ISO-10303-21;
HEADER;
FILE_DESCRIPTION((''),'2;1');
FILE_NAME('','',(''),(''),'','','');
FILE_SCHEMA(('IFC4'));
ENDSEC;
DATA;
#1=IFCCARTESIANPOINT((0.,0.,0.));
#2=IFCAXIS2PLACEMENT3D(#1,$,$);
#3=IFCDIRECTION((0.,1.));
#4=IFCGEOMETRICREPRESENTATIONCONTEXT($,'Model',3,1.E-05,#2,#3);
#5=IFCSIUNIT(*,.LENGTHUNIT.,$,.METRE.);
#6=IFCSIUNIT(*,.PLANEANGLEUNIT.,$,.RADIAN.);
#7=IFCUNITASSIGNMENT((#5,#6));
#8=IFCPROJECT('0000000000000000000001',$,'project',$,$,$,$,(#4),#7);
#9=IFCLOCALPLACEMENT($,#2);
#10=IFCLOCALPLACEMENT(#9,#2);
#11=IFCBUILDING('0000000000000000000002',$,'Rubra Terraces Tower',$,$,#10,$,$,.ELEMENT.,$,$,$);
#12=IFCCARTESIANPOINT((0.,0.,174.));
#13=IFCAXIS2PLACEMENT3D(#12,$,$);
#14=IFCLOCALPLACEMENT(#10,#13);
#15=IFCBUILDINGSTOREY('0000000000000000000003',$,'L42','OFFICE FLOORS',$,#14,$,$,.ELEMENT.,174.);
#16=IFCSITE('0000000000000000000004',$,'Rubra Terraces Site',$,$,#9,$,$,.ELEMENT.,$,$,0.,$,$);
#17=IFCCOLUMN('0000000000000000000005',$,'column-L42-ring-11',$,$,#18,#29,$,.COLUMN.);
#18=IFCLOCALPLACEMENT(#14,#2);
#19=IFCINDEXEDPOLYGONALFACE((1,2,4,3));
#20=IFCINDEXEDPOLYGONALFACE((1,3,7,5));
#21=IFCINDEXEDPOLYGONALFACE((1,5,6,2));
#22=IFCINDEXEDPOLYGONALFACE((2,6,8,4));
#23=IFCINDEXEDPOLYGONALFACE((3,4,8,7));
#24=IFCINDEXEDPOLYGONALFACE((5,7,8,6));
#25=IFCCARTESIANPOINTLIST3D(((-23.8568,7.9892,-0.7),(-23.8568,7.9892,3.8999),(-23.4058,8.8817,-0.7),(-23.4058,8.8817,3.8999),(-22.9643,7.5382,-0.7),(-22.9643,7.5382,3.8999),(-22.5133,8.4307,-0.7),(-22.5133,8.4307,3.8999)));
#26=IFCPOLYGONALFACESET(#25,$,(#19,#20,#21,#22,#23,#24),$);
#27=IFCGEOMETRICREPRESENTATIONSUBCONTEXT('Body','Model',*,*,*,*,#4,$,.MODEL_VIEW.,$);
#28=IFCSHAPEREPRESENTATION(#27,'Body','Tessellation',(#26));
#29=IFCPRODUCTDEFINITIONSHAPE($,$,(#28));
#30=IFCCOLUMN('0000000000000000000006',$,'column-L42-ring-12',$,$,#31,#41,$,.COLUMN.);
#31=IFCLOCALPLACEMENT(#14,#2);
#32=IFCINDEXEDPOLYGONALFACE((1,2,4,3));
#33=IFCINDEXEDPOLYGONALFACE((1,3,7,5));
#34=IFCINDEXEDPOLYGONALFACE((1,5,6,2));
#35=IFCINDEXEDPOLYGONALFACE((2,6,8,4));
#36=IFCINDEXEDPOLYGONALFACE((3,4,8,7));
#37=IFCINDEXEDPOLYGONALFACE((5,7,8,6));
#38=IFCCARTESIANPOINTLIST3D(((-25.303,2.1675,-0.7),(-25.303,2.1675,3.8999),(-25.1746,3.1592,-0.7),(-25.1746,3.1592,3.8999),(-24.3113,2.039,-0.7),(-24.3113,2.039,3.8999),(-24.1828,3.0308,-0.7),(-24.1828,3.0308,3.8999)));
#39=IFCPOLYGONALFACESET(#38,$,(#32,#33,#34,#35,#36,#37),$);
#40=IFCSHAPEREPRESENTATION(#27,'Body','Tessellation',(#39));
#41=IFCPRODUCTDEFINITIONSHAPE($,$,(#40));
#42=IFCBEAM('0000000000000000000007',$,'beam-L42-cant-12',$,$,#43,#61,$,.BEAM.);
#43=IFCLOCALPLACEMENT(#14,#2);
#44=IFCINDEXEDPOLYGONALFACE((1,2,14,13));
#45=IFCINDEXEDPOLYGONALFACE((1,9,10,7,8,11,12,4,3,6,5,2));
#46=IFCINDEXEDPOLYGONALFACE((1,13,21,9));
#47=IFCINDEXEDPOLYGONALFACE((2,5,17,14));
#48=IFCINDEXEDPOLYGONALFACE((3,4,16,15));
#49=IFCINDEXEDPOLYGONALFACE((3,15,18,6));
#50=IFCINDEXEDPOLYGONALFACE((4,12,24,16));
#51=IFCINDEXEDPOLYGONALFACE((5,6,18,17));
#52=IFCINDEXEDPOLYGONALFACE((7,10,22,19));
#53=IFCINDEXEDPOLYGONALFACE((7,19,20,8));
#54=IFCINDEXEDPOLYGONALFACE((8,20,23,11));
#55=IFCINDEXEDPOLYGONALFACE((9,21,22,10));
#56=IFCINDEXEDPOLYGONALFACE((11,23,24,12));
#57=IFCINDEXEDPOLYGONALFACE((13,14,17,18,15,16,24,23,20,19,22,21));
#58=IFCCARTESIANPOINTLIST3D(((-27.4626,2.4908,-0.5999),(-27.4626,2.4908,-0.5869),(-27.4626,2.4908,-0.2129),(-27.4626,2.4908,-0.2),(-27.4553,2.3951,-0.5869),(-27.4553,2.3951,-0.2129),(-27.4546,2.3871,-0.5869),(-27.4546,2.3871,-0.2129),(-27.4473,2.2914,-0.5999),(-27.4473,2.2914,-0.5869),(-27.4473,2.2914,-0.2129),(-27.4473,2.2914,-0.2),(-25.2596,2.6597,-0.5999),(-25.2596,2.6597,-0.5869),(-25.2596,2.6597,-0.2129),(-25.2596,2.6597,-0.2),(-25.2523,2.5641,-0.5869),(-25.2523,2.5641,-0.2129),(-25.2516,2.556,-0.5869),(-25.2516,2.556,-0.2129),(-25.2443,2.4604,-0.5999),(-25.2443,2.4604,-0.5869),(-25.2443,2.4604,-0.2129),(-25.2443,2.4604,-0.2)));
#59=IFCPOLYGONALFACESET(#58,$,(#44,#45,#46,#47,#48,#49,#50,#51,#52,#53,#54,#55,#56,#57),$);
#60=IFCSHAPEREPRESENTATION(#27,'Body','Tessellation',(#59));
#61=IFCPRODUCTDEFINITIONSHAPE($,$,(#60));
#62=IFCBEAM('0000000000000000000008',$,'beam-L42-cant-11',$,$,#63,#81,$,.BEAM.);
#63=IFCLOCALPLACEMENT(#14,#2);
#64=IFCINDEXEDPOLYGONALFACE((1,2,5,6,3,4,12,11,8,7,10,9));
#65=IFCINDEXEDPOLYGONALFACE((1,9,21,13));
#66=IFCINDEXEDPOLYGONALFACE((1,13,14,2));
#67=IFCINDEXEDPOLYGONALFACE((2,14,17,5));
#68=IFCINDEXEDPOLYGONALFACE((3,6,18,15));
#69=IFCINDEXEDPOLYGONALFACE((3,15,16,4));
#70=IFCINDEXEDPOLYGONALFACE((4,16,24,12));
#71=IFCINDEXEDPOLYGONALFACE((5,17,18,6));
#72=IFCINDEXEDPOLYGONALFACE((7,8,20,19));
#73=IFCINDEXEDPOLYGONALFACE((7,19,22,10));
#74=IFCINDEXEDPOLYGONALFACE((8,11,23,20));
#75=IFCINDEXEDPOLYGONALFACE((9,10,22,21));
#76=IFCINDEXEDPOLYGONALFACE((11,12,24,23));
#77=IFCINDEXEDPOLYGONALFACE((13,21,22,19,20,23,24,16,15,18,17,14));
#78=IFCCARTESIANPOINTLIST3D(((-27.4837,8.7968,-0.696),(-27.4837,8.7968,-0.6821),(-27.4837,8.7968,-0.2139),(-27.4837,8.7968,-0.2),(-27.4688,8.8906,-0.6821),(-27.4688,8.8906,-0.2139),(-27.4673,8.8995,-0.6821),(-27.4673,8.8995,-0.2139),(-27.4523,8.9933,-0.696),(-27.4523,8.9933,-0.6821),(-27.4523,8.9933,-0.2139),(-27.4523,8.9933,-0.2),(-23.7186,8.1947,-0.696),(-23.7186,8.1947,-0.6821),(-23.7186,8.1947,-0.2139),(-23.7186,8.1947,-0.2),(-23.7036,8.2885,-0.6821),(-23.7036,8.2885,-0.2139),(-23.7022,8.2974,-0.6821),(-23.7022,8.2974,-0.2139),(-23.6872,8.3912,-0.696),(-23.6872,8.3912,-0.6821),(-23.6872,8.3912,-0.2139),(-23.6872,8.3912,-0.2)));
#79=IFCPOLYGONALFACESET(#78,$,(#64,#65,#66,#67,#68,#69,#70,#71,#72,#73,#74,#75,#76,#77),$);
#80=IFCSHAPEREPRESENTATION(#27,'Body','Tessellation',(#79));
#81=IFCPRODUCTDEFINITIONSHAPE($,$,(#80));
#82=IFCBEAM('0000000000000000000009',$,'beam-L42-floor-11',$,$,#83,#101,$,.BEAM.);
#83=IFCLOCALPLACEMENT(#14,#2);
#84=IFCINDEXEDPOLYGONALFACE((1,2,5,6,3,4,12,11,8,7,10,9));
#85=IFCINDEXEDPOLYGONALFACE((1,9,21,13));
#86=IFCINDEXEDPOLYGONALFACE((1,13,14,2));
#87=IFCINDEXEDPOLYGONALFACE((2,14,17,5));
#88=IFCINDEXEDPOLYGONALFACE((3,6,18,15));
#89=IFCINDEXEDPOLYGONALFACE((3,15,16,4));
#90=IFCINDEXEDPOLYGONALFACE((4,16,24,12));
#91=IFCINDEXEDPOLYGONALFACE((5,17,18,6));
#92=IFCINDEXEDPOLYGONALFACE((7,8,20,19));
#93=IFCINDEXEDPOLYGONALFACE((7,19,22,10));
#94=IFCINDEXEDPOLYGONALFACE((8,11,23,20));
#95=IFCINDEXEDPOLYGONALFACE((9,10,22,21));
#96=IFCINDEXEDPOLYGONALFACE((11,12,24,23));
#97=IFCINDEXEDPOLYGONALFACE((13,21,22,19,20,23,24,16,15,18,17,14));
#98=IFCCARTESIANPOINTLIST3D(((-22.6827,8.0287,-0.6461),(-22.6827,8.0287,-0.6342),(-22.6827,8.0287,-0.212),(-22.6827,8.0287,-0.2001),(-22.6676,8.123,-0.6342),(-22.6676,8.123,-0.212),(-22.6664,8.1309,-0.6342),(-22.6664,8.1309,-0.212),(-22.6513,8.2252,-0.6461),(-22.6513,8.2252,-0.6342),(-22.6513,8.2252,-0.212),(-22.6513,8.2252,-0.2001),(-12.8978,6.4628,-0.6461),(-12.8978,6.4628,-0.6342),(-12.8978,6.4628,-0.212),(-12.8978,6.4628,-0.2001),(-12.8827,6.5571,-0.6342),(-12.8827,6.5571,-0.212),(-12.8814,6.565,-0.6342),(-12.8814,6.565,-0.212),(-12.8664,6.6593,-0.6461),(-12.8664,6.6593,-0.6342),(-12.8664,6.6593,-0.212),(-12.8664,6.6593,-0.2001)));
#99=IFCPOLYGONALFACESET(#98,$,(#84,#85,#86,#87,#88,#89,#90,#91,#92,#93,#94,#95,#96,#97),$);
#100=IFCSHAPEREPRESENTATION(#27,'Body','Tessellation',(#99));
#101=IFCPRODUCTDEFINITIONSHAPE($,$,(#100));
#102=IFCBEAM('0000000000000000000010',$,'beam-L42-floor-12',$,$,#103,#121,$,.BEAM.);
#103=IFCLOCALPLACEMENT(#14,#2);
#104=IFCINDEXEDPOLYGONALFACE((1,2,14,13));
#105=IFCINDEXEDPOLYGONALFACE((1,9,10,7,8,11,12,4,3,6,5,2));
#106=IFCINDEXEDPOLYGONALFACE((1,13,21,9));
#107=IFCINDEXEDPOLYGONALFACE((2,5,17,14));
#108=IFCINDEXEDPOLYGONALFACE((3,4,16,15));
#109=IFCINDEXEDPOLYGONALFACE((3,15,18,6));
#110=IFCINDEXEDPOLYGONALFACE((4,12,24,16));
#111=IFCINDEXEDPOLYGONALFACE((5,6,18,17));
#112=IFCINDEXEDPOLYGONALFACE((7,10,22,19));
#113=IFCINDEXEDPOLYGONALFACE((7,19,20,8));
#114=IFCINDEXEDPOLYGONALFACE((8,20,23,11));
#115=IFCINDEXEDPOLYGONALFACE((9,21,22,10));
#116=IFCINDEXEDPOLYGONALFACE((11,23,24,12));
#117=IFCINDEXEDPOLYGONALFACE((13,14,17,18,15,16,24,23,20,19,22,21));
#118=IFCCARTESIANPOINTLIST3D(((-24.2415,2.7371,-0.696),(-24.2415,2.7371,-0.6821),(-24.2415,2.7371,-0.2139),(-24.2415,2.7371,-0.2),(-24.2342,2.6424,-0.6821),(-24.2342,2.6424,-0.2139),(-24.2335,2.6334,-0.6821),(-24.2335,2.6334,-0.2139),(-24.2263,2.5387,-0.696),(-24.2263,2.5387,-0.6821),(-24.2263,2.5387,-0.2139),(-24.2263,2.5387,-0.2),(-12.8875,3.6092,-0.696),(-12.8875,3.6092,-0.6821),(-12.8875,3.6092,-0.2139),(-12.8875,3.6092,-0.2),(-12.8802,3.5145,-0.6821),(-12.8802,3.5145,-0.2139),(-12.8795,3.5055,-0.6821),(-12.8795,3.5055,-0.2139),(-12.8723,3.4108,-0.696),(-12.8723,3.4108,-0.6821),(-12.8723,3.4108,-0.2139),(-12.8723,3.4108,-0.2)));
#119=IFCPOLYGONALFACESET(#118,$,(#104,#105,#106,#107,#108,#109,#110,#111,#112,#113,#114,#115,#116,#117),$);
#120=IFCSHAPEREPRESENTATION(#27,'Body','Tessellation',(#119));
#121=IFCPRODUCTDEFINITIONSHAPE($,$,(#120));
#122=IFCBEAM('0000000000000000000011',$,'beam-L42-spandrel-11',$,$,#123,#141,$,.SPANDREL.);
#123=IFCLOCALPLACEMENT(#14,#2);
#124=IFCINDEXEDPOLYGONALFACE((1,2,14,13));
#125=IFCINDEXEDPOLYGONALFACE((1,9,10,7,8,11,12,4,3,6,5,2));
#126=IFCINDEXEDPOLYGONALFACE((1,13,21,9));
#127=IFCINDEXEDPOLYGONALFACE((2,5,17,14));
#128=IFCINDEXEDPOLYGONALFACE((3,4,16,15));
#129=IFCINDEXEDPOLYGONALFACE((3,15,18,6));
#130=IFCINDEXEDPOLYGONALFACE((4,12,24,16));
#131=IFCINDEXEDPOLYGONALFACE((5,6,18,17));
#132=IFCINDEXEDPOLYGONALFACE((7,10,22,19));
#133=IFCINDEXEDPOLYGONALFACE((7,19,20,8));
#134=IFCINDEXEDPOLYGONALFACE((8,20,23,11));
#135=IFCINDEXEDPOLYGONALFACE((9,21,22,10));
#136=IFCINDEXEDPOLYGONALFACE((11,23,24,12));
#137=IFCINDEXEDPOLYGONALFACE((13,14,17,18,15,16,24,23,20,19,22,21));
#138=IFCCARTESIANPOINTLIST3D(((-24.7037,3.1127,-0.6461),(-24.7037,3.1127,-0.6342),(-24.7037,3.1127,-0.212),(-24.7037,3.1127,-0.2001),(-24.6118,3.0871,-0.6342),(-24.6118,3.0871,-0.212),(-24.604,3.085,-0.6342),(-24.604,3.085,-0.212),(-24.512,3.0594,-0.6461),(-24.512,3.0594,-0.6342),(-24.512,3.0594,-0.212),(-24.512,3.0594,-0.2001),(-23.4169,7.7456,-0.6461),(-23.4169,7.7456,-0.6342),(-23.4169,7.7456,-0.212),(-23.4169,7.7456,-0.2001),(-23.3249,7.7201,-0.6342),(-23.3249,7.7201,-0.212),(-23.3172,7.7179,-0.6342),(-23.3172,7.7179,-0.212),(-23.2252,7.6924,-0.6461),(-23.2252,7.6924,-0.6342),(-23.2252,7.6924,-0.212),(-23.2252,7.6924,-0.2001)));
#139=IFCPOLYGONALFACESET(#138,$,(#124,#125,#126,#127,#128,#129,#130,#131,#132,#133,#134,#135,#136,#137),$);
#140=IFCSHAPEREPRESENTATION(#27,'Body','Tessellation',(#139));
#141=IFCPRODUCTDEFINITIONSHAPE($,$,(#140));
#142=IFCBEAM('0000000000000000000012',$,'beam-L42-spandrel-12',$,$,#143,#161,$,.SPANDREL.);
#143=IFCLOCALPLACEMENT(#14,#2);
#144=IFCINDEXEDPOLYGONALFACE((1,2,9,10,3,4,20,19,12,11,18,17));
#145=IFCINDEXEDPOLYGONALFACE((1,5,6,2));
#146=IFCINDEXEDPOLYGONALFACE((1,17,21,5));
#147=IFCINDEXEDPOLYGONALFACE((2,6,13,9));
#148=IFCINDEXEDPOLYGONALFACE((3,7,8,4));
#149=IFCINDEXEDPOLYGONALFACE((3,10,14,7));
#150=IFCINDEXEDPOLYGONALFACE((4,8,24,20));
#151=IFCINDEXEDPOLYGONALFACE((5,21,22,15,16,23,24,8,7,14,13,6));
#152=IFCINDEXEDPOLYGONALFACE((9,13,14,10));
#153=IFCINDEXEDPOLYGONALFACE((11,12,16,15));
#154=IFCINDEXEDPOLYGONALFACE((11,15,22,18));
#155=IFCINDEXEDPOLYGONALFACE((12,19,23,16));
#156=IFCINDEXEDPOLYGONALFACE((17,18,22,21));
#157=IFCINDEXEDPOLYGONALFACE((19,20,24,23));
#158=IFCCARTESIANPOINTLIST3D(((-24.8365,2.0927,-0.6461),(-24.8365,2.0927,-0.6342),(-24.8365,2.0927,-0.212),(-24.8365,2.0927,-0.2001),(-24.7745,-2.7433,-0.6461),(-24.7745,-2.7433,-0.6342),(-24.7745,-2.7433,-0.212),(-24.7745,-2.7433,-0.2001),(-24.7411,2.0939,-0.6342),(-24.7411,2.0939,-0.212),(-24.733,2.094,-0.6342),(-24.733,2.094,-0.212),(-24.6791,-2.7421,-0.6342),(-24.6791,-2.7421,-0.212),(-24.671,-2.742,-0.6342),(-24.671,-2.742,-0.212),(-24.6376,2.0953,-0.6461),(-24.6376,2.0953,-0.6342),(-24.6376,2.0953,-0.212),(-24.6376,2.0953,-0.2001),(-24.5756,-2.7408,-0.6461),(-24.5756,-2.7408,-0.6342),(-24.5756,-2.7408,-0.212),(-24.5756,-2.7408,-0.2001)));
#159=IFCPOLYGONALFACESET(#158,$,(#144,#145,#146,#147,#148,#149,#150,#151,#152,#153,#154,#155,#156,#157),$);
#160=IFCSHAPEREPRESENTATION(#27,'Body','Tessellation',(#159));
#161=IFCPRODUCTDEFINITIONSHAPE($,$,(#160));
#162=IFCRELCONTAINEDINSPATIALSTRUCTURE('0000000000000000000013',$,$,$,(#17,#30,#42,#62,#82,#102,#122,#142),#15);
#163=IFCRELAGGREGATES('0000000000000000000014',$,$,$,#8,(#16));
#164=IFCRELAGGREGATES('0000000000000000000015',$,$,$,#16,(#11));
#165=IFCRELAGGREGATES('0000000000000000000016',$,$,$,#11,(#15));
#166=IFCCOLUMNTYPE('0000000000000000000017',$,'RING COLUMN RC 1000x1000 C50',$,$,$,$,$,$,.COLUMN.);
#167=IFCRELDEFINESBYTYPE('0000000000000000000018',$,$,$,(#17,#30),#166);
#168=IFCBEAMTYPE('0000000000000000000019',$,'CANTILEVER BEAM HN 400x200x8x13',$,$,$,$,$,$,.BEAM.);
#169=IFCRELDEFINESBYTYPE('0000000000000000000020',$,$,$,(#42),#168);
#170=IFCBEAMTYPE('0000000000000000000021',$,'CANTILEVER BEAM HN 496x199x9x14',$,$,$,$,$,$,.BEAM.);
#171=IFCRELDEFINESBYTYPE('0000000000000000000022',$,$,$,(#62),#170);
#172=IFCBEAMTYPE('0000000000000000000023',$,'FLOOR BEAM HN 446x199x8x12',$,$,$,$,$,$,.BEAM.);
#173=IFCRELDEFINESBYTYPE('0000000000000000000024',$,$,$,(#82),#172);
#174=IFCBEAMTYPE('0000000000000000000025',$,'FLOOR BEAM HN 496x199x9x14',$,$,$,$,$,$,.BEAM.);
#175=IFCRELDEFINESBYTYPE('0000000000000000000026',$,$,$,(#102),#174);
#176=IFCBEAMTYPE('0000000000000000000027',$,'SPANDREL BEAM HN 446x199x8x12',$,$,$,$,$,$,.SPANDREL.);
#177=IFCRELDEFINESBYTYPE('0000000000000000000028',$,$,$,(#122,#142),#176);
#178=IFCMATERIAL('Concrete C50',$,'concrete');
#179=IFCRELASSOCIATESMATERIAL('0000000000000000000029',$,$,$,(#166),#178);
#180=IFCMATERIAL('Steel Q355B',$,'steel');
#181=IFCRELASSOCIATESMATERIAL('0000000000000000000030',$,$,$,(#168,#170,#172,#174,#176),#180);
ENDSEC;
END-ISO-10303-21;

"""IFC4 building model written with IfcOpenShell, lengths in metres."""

from ifc_helpers import new_model, si_unit, direction, frame, origin, origin_2d, place, context, subcontext, project, spatial, rectangle, i_section, extrude, material, material_profile, profile_set, type_object, element, save


model = new_model("IFC4")

# Units and contexts
model_context = context("Model", 3, precision=1e-05, world=origin(), true_north=direction((0.0, 1.0)))
body_context = subcontext(model_context, "Body", "Model", "MODEL_VIEW")
ifc_project = project(units=[si_unit("LENGTHUNIT", "METRE"), si_unit("PLANEANGLEUNIT", "RADIAN")], contexts=[model_context])

# Site, building, storey
site_placement = place(None, origin())
site = spatial("IfcSite", under=ifc_project, at=site_placement, Name="Rubra Terraces Site", CompositionType="ELEMENT", RefElevation=0.0)
building_placement = place(site_placement, origin())
building = spatial("IfcBuilding", under=site, at=building_placement, Name="Rubra Terraces Tower", CompositionType="ELEMENT")
storey_placement = place(building_placement, frame((0.0, 0.0, 174.0)))
storey = spatial("IfcBuildingStorey", under=building, at=storey_placement, Name="L42", Description="OFFICE FLOORS", CompositionType="ELEMENT", Elevation=174.0)

# Columns
ifc_material_1 = material(Name="Concrete C50", Category="concrete")
ifc_material_profile_1 = material_profile(ifc_material_1, rectangle(XDim=1.0, YDim=1.0, at=origin_2d()), Name="RC 1000x1000")
ifc_profile_set_1 = profile_set([ifc_material_profile_1], Name="Concrete C50")
column_type = type_object("IfcColumnType", Name="RING COLUMN RC 1000x1000 C50", PredefinedType="COLUMN", material=ifc_profile_set_1)
for number, where, z_axis, x_axis, name in (
    (1, (-23.1851, 8.21, -0.7), (0.0, 0.0, 1.0), (-0.451028, -0.89251, 0.0), "column-L42-ring-11"),
    (2, (-24.7429, 2.5991, -0.7), (0.0, 0.0, 1.0), (-0.128444, -0.991717, 0.0), "column-L42-ring-12"),
):
    element("IfcColumn", number, at=place(storey_placement, frame(where, z_axis=z_axis, x_axis=x_axis)), inside=storey, type_object=column_type, Name=name, PredefinedType="COLUMN", context=body_context, shape_type="SweptSolid", body=[
        extrude(rectangle(XDim=1.0, YDim=1.0, at=origin_2d()), origin(), (0.0, 0.0, 1.0), 4.5999),
    ])

# Beams
ifc_material_2 = material(Name="Steel Q355B", Category="steel")
ifc_material_profile_2 = material_profile(ifc_material_2, i_section(OverallWidth=0.2, OverallDepth=0.3999, WebThickness=0.0081, FlangeThickness=0.0129, at=origin_2d()), Name="HN 400x200x8x13")
ifc_profile_set_2 = profile_set([ifc_material_profile_2], Name="Steel Q355B")
beam_type_1 = type_object("IfcBeamType", Name="CANTILEVER BEAM HN 400x200x8x13", PredefinedType="BEAM", material=ifc_profile_set_2)
beam_1_placement = place(storey_placement, frame((-25.252, 2.5601, -0.3999), z_axis=(-0.997073, -0.07646, 0.0), x_axis=(0.07646, -0.997073, 0.0)))
element("IfcBeam", 3, at=beam_1_placement, inside=storey, type_object=beam_type_1, Name="beam-L42-cant-12", PredefinedType="BEAM", context=body_context, shape_type="SweptSolid", body=[
    extrude(i_section(OverallWidth=0.2, OverallDepth=0.3999, WebThickness=0.0081, FlangeThickness=0.0129, at=origin_2d()), origin(), (0.0, 0.0, 1.0), 2.2095),
])
ifc_material_profile_3 = material_profile(ifc_material_2, i_section(OverallWidth=0.199, OverallDepth=0.4961, WebThickness=0.009, FlangeThickness=0.0139, at=origin_2d()), Name="HN 496x199x9x14")
ifc_profile_set_3 = profile_set([ifc_material_profile_3], Name="Steel Q355B")
beam_type_2 = type_object("IfcBeamType", Name="CANTILEVER BEAM HN 496x199x9x14", PredefinedType="BEAM", material=ifc_profile_set_3)
beam_2_placement = place(storey_placement, frame((-23.7029, 8.293, -0.448), z_axis=(-0.987456, 0.157896, 0.0), x_axis=(-0.157896, -0.987456, 0.0)))
element("IfcBeam", 4, at=beam_2_placement, inside=storey, type_object=beam_type_2, Name="beam-L42-cant-11", PredefinedType="BEAM", context=body_context, shape_type="SweptSolid", body=[
    extrude(i_section(OverallWidth=0.199, OverallDepth=0.4961, WebThickness=0.009, FlangeThickness=0.0139, at=origin_2d()), origin(), (0.0, 0.0, 1.0), 3.813),
])
ifc_material_profile_4 = material_profile(ifc_material_2, i_section(OverallWidth=0.199, OverallDepth=0.446, WebThickness=0.0081, FlangeThickness=0.012, at=origin_2d()), Name="HN 446x199x8x12")
ifc_profile_set_4 = profile_set([ifc_material_profile_4], Name="Steel Q355B")
beam_type_3 = type_object("IfcBeamType", Name="FLOOR BEAM HN 446x199x8x12", PredefinedType="BEAM", material=ifc_profile_set_4)
beam_3_placement = place(storey_placement, frame((-22.667, 8.127, -0.4231), z_axis=(0.987435, -0.158023, 0.0), x_axis=(0.158023, 0.987435, 0.0)))
element("IfcBeam", 5, at=beam_3_placement, inside=storey, type_object=beam_type_3, Name="beam-L42-floor-11", PredefinedType="BEAM", context=body_context, shape_type="SweptSolid", body=[
    extrude(i_section(OverallWidth=0.199, OverallDepth=0.446, WebThickness=0.0081, FlangeThickness=0.012, at=origin_2d()), origin(), (0.0, 0.0, 1.0), 9.9094),
])
ifc_material_profile_5 = material_profile(ifc_material_2, i_section(OverallWidth=0.199, OverallDepth=0.4961, WebThickness=0.009, FlangeThickness=0.0139, at=origin_2d()), Name="HN 496x199x9x14")
ifc_profile_set_5 = profile_set([ifc_material_profile_5], Name="Steel Q355B")
beam_type_4 = type_object("IfcBeamType", Name="FLOOR BEAM HN 496x199x9x14", PredefinedType="BEAM", material=ifc_profile_set_5)
beam_4_placement = place(storey_placement, frame((-24.2339, 2.6379, -0.448), z_axis=(0.997063, 0.076582, 0.0), x_axis=(-0.076582, 0.997063, 0.0)))
element("IfcBeam", 6, at=beam_4_placement, inside=storey, type_object=beam_type_4, Name="beam-L42-floor-12", PredefinedType="BEAM", context=body_context, shape_type="SweptSolid", body=[
    extrude(i_section(OverallWidth=0.199, OverallDepth=0.4961, WebThickness=0.009, FlangeThickness=0.0139, at=origin_2d()), origin(), (0.0, 0.0, 1.0), 11.3875),
])
ifc_material_profile_6 = material_profile(ifc_material_2, i_section(OverallWidth=0.199, OverallDepth=0.446, WebThickness=0.0081, FlangeThickness=0.012, at=origin_2d()), Name="HN 446x199x8x12")
ifc_profile_set_6 = profile_set([ifc_material_profile_6], Name="Steel Q355B")
beam_type_5 = type_object("IfcBeamType", Name="SPANDREL BEAM HN 446x199x8x12", PredefinedType="SPANDREL", material=ifc_profile_set_6)
beam_5_placement = place(storey_placement, frame((-23.321, 7.719, -0.4231), z_axis=(-0.267626, -0.963523, 0.0), x_axis=(0.963523, -0.267626, 0.0)))
element("IfcBeam", 7, at=beam_5_placement, inside=storey, type_object=beam_type_5, Name="beam-L42-spandrel-11", PredefinedType="SPANDREL", context=body_context, shape_type="SweptSolid", body=[
    extrude(i_section(OverallWidth=0.199, OverallDepth=0.446, WebThickness=0.0081, FlangeThickness=0.012, at=origin_2d()), origin(), (0.0, 0.0, 1.0), 4.8083),
])
beam_6_placement = place(storey_placement, frame((-24.7371, 2.094, -0.4231), z_axis=(0.012822, -0.999918, 0.0), x_axis=(0.999918, 0.012822, 0.0)))
element("IfcBeam", 8, at=beam_6_placement, inside=storey, type_object=beam_type_5, Name="beam-L42-spandrel-12", PredefinedType="SPANDREL", context=body_context, shape_type="SweptSolid", body=[
    extrude(i_section(OverallWidth=0.199, OverallDepth=0.446, WebThickness=0.0081, FlangeThickness=0.012, at=origin_2d()), origin(), (0.0, 0.0, 1.0), 4.8364),
])

save(model, "model.ifc")
